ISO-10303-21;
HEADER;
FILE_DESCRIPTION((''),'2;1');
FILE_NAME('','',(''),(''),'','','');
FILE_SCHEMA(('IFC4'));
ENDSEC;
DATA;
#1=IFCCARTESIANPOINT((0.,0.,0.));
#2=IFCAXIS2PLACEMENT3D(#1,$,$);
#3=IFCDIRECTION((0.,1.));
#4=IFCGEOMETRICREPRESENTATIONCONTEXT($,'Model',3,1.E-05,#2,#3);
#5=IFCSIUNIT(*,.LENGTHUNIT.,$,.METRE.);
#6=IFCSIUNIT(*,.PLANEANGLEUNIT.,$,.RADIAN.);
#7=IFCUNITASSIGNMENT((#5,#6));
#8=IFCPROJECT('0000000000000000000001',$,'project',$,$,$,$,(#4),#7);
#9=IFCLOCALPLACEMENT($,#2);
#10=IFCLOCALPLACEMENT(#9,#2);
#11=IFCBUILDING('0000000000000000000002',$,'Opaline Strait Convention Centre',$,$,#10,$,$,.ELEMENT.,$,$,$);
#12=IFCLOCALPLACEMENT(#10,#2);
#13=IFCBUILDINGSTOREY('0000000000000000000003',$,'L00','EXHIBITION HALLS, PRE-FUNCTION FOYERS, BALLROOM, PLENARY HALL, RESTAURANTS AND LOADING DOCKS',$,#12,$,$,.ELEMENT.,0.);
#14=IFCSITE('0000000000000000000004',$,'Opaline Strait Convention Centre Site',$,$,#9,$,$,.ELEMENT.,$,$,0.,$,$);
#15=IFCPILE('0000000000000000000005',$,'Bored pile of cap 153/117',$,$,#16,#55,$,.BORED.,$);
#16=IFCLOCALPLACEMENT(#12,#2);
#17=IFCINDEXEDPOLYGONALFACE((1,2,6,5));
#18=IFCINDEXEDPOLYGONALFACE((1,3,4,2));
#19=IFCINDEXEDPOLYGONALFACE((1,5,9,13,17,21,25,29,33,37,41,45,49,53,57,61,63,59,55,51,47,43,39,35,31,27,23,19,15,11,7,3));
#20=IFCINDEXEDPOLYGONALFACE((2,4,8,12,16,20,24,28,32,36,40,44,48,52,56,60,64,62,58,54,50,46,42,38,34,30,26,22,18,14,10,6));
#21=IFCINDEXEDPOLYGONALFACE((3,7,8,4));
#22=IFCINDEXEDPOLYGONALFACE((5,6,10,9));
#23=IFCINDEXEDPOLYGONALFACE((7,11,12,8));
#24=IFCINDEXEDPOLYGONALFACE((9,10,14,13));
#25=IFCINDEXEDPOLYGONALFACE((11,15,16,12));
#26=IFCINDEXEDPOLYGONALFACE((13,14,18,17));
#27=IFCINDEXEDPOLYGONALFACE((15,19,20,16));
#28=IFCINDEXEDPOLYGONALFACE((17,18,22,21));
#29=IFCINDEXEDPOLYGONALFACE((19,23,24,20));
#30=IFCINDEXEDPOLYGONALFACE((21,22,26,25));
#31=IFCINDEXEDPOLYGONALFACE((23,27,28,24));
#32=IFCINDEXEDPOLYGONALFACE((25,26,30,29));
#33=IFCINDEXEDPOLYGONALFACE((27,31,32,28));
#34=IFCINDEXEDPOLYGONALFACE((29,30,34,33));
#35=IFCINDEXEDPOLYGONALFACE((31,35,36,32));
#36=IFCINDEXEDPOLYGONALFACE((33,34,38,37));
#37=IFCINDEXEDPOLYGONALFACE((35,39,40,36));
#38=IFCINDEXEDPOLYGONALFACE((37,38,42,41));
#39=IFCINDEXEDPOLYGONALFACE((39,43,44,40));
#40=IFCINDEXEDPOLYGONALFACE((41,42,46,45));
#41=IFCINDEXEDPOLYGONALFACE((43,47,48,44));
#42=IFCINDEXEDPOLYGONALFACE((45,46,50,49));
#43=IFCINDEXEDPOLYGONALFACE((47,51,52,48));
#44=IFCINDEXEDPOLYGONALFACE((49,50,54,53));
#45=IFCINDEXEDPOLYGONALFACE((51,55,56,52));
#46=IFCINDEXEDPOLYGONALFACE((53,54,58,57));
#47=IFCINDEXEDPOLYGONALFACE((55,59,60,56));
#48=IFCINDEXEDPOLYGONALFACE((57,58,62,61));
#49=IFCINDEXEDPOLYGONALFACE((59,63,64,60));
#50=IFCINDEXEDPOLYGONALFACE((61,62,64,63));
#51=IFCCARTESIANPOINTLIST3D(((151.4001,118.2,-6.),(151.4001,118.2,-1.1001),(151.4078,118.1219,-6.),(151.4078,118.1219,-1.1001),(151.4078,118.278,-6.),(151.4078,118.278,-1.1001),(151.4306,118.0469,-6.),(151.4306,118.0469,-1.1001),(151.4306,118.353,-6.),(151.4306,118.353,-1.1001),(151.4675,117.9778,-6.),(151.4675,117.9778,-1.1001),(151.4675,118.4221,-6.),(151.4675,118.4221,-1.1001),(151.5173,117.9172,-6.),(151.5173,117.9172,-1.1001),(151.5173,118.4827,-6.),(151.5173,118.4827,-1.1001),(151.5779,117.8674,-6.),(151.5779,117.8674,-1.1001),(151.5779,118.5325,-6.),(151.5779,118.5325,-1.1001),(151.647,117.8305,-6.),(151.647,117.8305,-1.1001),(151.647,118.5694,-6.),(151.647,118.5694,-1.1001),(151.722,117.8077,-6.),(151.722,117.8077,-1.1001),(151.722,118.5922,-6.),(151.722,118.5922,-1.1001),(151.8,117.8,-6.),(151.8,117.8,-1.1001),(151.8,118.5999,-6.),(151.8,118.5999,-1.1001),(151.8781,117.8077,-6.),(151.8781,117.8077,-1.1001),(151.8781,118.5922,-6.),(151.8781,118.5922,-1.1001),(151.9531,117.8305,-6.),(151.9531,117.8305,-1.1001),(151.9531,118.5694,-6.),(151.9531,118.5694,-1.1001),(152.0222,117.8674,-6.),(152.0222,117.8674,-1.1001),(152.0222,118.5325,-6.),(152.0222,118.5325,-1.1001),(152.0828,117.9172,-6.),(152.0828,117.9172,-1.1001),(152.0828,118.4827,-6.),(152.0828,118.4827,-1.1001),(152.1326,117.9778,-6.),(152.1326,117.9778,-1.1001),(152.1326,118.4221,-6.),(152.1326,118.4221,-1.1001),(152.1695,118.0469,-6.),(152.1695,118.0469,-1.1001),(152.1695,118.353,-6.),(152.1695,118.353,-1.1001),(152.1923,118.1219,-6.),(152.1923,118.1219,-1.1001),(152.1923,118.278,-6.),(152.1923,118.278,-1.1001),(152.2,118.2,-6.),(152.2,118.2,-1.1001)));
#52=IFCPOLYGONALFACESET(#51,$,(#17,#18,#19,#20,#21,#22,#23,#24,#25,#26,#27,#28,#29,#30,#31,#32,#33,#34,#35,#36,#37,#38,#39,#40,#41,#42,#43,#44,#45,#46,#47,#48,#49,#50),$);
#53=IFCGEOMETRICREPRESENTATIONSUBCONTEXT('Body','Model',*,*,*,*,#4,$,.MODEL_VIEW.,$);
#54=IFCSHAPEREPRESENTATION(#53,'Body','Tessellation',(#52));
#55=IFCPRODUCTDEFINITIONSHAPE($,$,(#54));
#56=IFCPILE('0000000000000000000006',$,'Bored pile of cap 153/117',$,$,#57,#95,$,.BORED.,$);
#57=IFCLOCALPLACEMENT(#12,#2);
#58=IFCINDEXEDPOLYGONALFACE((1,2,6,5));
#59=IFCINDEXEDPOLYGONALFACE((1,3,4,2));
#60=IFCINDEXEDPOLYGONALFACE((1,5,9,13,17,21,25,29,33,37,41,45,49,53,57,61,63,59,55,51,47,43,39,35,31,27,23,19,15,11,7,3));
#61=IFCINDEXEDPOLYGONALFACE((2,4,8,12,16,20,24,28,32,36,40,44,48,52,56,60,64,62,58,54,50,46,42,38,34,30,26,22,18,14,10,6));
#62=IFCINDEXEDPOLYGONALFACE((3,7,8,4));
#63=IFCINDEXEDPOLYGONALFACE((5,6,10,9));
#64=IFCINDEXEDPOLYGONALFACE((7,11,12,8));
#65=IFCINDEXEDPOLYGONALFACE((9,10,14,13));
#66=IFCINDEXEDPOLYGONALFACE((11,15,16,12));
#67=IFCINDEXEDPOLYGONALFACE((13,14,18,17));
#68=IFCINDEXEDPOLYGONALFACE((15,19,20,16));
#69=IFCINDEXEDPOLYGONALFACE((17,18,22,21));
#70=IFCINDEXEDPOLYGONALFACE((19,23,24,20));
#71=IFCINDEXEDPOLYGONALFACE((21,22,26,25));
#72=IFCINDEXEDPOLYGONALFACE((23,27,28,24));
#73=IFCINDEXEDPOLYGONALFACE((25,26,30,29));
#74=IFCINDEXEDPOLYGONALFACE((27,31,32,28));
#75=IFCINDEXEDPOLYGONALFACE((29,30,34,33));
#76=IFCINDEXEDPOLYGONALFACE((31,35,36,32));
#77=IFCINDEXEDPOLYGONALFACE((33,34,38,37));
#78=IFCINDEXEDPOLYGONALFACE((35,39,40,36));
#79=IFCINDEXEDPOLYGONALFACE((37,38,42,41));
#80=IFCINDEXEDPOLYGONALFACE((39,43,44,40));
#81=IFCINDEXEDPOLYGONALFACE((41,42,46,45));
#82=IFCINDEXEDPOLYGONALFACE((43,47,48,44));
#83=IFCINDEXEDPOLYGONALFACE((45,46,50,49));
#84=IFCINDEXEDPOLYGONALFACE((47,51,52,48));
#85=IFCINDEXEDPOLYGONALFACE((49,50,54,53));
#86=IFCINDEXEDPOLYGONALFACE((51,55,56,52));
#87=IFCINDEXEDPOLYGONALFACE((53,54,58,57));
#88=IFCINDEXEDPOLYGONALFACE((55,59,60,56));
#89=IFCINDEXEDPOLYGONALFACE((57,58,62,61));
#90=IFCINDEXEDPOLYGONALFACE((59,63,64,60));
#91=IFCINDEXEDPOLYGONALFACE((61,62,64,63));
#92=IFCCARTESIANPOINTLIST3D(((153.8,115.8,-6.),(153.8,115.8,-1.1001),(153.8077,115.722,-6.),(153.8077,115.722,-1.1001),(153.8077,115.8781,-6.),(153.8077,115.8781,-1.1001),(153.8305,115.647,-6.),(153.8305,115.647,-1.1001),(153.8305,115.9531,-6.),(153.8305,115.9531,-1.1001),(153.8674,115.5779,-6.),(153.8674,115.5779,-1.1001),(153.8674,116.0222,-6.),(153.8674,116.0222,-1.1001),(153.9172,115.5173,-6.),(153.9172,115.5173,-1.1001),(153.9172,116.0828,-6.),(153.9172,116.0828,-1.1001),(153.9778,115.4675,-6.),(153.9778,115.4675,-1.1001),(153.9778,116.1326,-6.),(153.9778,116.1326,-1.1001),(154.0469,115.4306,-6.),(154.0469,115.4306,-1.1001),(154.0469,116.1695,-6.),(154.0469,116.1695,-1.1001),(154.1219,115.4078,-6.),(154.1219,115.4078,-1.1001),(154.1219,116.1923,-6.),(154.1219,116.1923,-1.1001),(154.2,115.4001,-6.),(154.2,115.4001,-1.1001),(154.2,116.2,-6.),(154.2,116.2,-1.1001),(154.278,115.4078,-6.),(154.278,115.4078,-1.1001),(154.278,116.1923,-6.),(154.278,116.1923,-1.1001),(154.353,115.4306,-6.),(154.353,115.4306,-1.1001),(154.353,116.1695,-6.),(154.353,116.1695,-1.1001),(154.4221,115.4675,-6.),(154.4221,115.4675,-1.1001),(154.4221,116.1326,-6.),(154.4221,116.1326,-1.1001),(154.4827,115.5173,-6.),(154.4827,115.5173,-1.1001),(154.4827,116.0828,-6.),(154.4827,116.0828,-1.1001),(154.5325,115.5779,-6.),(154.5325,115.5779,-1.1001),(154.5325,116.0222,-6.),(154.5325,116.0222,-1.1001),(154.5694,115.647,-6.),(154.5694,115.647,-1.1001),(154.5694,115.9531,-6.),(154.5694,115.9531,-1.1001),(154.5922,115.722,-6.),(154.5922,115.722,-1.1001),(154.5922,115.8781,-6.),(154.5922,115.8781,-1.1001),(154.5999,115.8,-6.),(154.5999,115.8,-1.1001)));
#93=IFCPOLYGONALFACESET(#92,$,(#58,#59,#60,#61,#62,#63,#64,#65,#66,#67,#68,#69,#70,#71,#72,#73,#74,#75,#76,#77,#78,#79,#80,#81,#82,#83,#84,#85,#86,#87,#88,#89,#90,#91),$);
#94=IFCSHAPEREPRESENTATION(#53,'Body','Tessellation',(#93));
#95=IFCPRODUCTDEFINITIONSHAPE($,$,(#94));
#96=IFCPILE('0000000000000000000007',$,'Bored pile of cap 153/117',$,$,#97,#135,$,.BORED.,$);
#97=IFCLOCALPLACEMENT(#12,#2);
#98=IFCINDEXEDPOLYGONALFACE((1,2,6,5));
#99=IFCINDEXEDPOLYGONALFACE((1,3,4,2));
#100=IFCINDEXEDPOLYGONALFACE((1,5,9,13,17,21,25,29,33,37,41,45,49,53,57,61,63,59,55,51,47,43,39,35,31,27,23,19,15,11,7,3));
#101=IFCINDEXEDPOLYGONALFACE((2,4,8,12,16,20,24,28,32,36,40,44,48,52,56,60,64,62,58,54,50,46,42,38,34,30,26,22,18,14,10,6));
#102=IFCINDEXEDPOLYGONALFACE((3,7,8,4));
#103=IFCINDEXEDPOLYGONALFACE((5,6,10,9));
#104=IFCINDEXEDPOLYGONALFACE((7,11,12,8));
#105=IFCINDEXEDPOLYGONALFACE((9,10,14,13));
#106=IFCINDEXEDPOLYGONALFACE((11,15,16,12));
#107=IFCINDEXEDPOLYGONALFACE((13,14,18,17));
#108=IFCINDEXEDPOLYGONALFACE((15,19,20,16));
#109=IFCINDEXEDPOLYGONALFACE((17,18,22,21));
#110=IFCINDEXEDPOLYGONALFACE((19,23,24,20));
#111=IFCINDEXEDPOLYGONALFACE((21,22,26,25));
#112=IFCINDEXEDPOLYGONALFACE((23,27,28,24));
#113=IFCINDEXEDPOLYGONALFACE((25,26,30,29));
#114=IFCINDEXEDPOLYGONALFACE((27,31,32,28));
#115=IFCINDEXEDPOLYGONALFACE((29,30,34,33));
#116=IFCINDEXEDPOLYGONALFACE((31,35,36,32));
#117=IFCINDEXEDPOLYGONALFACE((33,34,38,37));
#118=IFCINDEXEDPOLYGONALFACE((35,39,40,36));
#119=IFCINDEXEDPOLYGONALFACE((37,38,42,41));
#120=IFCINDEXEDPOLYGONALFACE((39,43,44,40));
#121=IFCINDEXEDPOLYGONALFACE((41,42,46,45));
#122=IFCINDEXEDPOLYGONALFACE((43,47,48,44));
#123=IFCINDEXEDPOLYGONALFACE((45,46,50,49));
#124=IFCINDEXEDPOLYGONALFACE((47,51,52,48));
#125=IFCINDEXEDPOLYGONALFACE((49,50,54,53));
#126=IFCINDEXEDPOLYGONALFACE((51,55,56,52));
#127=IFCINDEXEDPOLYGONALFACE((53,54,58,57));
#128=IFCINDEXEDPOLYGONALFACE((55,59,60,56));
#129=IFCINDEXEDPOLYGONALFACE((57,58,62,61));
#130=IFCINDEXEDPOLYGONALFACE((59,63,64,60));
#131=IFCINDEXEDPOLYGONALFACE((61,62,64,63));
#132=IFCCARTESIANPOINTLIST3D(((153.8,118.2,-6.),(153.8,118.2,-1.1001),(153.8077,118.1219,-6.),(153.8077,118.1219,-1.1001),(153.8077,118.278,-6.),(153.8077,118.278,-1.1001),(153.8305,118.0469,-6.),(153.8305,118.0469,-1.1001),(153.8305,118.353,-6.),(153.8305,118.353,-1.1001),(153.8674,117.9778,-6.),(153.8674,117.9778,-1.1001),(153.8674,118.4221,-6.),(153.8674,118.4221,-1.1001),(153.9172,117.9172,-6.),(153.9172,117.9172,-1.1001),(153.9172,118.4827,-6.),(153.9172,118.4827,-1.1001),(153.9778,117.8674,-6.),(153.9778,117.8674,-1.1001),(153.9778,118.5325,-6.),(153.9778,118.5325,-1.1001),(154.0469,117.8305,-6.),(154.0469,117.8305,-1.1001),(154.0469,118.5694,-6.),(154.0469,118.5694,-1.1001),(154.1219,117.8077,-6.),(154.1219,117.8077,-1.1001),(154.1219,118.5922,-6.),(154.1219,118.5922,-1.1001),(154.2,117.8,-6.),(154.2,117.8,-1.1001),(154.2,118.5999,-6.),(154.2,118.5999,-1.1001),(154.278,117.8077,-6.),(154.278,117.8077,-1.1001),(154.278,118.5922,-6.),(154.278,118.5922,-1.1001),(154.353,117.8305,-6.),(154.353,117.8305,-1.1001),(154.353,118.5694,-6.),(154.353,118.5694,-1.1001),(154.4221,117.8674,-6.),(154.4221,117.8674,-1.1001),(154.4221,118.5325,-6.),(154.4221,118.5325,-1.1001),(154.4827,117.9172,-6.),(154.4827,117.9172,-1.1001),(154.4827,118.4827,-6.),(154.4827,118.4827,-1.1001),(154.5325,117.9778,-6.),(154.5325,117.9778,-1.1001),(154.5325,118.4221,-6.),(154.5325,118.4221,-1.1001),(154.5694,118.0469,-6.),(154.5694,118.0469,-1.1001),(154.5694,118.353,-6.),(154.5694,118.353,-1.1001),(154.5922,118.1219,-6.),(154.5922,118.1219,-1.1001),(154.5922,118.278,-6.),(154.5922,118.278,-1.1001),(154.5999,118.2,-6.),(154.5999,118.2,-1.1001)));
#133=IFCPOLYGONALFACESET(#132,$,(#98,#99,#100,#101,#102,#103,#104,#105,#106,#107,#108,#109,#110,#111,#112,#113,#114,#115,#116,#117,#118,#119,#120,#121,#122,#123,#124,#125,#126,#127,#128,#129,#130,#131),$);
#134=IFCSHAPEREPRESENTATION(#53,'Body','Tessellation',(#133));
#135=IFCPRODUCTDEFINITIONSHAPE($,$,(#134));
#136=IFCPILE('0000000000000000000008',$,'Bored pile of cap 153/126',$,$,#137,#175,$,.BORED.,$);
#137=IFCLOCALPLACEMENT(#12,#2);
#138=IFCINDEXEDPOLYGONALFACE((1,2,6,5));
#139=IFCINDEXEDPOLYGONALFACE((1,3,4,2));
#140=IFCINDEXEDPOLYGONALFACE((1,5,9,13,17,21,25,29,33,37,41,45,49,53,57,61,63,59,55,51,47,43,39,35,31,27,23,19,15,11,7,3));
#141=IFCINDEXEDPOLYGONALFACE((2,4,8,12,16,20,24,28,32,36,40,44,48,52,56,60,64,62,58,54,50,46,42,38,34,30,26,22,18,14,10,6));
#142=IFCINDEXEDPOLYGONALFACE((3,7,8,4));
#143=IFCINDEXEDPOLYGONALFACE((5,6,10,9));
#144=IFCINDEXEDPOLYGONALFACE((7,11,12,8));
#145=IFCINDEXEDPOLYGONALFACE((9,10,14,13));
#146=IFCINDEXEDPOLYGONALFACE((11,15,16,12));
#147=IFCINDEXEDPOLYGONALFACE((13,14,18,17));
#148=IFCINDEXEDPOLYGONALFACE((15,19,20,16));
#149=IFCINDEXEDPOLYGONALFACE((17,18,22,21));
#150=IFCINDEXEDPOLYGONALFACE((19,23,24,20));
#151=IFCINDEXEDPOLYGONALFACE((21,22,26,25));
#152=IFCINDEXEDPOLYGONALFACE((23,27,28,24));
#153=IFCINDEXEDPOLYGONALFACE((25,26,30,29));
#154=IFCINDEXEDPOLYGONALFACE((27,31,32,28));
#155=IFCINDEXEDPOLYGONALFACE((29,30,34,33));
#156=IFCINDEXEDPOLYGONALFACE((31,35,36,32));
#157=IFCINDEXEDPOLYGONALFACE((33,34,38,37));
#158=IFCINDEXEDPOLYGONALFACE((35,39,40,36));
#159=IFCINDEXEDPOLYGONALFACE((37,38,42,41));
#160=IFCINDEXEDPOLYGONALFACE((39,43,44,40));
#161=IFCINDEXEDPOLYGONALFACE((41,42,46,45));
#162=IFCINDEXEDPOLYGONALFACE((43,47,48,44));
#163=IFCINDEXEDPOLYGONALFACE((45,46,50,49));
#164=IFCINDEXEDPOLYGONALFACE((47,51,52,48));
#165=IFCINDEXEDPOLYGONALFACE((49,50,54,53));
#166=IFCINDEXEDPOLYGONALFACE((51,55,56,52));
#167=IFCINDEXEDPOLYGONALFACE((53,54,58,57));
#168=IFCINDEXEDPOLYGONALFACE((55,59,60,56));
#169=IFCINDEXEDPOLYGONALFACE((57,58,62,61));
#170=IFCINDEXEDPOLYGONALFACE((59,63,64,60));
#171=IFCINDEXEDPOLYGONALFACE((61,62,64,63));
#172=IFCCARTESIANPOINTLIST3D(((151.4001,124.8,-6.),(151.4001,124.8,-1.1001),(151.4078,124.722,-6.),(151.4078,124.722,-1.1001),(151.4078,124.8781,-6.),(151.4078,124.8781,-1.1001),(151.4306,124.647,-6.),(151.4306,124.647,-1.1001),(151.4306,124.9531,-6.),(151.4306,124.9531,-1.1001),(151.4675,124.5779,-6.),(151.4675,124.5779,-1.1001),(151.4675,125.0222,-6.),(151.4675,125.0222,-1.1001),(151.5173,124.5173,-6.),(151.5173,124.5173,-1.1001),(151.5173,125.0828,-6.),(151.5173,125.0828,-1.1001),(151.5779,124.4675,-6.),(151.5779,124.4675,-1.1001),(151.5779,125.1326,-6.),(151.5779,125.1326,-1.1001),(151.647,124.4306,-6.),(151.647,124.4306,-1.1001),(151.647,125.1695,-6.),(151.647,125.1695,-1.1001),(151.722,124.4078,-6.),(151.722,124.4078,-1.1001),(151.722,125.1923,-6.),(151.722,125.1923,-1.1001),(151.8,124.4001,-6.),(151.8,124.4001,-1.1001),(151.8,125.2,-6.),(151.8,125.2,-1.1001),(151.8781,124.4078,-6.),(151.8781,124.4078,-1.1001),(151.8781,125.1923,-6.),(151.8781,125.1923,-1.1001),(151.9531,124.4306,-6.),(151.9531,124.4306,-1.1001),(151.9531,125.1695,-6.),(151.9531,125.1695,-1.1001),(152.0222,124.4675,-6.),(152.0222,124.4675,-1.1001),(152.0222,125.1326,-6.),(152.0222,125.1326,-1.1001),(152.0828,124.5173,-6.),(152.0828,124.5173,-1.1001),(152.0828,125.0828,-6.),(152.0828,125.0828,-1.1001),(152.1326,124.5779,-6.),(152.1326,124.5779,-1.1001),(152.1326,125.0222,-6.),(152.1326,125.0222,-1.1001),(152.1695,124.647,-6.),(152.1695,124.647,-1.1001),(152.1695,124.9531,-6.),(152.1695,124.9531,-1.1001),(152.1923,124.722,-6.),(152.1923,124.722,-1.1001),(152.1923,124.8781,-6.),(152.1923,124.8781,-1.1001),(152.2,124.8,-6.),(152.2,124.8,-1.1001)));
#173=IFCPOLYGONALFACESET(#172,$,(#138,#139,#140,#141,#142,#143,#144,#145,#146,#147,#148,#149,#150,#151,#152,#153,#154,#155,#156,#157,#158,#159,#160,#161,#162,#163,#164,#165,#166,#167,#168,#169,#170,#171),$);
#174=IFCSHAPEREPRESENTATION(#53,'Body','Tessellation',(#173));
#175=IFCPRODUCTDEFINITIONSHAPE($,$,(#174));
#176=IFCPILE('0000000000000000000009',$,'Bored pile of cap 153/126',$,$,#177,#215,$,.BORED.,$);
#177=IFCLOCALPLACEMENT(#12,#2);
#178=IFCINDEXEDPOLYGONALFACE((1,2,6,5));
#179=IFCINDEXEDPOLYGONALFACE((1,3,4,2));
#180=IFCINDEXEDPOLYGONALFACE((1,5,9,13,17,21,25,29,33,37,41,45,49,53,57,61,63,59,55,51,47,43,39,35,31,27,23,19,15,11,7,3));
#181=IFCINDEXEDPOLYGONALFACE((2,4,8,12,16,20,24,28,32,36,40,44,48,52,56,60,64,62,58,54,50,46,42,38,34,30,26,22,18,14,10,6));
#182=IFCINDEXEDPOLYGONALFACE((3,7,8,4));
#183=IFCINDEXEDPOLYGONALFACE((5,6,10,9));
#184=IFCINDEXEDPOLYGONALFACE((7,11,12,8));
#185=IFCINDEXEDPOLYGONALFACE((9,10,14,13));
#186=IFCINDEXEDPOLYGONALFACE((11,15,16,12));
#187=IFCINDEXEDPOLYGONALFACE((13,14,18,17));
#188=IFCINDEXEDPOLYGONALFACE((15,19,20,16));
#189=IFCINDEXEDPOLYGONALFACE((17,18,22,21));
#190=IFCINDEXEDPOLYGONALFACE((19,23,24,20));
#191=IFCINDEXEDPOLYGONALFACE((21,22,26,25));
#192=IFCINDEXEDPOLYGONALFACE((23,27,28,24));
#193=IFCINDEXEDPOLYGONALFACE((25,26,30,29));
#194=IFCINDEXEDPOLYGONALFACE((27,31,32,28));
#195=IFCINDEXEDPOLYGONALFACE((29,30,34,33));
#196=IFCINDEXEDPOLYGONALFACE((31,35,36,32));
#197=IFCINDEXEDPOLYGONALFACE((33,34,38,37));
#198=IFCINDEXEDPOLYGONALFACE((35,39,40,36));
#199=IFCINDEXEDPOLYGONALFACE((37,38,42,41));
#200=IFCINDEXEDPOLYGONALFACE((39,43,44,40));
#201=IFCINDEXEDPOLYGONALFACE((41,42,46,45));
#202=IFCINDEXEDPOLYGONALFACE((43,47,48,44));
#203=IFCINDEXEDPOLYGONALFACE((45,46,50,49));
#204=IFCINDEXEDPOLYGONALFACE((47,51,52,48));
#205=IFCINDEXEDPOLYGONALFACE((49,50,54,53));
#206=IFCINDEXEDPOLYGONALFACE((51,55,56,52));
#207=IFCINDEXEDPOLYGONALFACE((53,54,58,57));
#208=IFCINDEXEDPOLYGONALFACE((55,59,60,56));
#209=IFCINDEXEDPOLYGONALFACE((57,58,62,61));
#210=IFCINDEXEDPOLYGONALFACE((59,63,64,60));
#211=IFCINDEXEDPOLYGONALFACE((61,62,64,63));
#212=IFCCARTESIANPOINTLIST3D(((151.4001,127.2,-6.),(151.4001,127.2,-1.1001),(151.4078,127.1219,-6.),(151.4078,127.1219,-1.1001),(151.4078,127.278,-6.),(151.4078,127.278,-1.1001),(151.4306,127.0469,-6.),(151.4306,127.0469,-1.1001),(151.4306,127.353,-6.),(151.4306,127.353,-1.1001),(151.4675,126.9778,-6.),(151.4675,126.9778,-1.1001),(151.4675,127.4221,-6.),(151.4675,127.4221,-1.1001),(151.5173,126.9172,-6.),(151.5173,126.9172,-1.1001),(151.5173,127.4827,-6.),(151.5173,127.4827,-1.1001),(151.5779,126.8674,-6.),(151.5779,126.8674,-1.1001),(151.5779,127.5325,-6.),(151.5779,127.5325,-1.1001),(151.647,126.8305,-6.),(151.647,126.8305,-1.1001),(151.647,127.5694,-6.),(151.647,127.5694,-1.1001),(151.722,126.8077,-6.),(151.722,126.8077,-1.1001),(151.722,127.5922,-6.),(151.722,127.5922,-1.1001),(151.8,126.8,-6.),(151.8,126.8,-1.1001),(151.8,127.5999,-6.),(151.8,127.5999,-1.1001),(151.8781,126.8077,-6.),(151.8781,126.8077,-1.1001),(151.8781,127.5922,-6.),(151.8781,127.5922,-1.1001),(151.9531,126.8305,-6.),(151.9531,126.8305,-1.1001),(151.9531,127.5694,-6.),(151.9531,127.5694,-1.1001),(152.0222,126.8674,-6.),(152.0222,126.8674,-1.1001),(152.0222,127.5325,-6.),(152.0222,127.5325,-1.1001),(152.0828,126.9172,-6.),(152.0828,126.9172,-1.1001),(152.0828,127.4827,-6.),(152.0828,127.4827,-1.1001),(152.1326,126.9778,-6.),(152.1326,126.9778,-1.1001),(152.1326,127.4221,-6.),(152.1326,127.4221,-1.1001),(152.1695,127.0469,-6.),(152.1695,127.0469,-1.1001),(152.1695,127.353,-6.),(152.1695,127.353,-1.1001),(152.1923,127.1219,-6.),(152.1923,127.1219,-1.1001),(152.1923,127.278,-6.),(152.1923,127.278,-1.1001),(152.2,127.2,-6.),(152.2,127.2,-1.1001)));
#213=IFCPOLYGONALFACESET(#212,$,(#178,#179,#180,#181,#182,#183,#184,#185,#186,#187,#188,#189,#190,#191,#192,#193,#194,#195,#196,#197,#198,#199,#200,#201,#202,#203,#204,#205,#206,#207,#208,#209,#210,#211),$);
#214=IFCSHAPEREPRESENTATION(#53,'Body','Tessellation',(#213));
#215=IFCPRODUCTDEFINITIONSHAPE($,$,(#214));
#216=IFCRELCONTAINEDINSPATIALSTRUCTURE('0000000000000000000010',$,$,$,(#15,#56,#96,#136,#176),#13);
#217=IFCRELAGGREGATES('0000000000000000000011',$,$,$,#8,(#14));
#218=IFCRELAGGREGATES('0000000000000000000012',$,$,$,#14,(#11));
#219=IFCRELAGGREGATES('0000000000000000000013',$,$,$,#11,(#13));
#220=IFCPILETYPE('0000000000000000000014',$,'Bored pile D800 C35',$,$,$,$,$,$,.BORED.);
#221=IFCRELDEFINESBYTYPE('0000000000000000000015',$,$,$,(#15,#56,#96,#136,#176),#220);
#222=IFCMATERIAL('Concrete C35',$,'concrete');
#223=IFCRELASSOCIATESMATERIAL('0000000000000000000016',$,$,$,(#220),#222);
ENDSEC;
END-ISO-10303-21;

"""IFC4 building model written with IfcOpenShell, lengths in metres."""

from ifc_helpers import new_model, si_unit, direction, frame, origin, origin_2d, place, context, subcontext, project, spatial, circle, extrude, material, material_profile, profile_set, type_object, element, save


model = new_model("IFC4")

# Units and contexts
model_context = context("Model", 3, precision=1e-05, world=origin(), true_north=direction((0.0, 1.0)))
body_context = subcontext(model_context, "Body", "Model", "MODEL_VIEW")
ifc_project = project(units=[si_unit("LENGTHUNIT", "METRE"), si_unit("PLANEANGLEUNIT", "RADIAN")], contexts=[model_context])

# Site, building, storey
site_placement = place(None, origin())
site = spatial("IfcSite", under=ifc_project, at=site_placement, Name="Opaline Strait Convention Centre Site", CompositionType="ELEMENT", RefElevation=0.0)
building_placement = place(site_placement, origin())
building = spatial("IfcBuilding", under=site, at=building_placement, Name="Opaline Strait Convention Centre", CompositionType="ELEMENT")
storey_placement = place(building_placement, origin())
storey = spatial("IfcBuildingStorey", under=building, at=storey_placement, Name="L00", Description="EXHIBITION HALLS, PRE-FUNCTION FOYERS, BALLROOM, PLENARY HALL, RESTAURANTS AND LOADING DOCKS", CompositionType="ELEMENT", Elevation=0.0)

# Piles
ifc_material_1 = material(Name="Concrete C35", Category="concrete")
ifc_material_profile_1 = material_profile(ifc_material_1, circle(Radius=0.3999, at=origin_2d()), Name="D800")
ifc_profile_set_1 = profile_set([ifc_material_profile_1], Name="Concrete C35")
pile_type = type_object("IfcPileType", Name="Bored pile D800 C35", PredefinedType="BORED", material=ifc_profile_set_1)
for number, where, z_axis, x_axis, name in (
    (1, (151.8, 118.2, -1.1001), (0.0, 0.0, -1.0), (1.0, 0.0, 0.0), "Bored pile of cap 153/117"),
    (2, (154.2, 115.8, -1.1001), (0.0, 0.0, -1.0), (1.0, 0.0, 0.0), "Bored pile of cap 153/117"),
    (3, (154.2, 118.2, -1.1001), (0.0, 0.0, -1.0), (1.0, 0.0, 0.0), "Bored pile of cap 153/117"),
    (4, (151.8, 124.8, -1.1001), (0.0, 0.0, -1.0), (1.0, 0.0, 0.0), "Bored pile of cap 153/126"),
    (5, (151.8, 127.2, -1.1001), (0.0, 0.0, -1.0), (1.0, 0.0, 0.0), "Bored pile of cap 153/126"),
):
    element("IfcPile", number, at=place(storey_placement, frame(where, z_axis=z_axis, x_axis=x_axis)), inside=storey, type_object=pile_type, Name=name, PredefinedType="BORED", context=body_context, shape_type="SweptSolid", body=[
        extrude(circle(Radius=0.3999, at=origin_2d()), origin(), (0.0, 0.0, 1.0), 4.8999),
    ])

save(model, "model.ifc")
